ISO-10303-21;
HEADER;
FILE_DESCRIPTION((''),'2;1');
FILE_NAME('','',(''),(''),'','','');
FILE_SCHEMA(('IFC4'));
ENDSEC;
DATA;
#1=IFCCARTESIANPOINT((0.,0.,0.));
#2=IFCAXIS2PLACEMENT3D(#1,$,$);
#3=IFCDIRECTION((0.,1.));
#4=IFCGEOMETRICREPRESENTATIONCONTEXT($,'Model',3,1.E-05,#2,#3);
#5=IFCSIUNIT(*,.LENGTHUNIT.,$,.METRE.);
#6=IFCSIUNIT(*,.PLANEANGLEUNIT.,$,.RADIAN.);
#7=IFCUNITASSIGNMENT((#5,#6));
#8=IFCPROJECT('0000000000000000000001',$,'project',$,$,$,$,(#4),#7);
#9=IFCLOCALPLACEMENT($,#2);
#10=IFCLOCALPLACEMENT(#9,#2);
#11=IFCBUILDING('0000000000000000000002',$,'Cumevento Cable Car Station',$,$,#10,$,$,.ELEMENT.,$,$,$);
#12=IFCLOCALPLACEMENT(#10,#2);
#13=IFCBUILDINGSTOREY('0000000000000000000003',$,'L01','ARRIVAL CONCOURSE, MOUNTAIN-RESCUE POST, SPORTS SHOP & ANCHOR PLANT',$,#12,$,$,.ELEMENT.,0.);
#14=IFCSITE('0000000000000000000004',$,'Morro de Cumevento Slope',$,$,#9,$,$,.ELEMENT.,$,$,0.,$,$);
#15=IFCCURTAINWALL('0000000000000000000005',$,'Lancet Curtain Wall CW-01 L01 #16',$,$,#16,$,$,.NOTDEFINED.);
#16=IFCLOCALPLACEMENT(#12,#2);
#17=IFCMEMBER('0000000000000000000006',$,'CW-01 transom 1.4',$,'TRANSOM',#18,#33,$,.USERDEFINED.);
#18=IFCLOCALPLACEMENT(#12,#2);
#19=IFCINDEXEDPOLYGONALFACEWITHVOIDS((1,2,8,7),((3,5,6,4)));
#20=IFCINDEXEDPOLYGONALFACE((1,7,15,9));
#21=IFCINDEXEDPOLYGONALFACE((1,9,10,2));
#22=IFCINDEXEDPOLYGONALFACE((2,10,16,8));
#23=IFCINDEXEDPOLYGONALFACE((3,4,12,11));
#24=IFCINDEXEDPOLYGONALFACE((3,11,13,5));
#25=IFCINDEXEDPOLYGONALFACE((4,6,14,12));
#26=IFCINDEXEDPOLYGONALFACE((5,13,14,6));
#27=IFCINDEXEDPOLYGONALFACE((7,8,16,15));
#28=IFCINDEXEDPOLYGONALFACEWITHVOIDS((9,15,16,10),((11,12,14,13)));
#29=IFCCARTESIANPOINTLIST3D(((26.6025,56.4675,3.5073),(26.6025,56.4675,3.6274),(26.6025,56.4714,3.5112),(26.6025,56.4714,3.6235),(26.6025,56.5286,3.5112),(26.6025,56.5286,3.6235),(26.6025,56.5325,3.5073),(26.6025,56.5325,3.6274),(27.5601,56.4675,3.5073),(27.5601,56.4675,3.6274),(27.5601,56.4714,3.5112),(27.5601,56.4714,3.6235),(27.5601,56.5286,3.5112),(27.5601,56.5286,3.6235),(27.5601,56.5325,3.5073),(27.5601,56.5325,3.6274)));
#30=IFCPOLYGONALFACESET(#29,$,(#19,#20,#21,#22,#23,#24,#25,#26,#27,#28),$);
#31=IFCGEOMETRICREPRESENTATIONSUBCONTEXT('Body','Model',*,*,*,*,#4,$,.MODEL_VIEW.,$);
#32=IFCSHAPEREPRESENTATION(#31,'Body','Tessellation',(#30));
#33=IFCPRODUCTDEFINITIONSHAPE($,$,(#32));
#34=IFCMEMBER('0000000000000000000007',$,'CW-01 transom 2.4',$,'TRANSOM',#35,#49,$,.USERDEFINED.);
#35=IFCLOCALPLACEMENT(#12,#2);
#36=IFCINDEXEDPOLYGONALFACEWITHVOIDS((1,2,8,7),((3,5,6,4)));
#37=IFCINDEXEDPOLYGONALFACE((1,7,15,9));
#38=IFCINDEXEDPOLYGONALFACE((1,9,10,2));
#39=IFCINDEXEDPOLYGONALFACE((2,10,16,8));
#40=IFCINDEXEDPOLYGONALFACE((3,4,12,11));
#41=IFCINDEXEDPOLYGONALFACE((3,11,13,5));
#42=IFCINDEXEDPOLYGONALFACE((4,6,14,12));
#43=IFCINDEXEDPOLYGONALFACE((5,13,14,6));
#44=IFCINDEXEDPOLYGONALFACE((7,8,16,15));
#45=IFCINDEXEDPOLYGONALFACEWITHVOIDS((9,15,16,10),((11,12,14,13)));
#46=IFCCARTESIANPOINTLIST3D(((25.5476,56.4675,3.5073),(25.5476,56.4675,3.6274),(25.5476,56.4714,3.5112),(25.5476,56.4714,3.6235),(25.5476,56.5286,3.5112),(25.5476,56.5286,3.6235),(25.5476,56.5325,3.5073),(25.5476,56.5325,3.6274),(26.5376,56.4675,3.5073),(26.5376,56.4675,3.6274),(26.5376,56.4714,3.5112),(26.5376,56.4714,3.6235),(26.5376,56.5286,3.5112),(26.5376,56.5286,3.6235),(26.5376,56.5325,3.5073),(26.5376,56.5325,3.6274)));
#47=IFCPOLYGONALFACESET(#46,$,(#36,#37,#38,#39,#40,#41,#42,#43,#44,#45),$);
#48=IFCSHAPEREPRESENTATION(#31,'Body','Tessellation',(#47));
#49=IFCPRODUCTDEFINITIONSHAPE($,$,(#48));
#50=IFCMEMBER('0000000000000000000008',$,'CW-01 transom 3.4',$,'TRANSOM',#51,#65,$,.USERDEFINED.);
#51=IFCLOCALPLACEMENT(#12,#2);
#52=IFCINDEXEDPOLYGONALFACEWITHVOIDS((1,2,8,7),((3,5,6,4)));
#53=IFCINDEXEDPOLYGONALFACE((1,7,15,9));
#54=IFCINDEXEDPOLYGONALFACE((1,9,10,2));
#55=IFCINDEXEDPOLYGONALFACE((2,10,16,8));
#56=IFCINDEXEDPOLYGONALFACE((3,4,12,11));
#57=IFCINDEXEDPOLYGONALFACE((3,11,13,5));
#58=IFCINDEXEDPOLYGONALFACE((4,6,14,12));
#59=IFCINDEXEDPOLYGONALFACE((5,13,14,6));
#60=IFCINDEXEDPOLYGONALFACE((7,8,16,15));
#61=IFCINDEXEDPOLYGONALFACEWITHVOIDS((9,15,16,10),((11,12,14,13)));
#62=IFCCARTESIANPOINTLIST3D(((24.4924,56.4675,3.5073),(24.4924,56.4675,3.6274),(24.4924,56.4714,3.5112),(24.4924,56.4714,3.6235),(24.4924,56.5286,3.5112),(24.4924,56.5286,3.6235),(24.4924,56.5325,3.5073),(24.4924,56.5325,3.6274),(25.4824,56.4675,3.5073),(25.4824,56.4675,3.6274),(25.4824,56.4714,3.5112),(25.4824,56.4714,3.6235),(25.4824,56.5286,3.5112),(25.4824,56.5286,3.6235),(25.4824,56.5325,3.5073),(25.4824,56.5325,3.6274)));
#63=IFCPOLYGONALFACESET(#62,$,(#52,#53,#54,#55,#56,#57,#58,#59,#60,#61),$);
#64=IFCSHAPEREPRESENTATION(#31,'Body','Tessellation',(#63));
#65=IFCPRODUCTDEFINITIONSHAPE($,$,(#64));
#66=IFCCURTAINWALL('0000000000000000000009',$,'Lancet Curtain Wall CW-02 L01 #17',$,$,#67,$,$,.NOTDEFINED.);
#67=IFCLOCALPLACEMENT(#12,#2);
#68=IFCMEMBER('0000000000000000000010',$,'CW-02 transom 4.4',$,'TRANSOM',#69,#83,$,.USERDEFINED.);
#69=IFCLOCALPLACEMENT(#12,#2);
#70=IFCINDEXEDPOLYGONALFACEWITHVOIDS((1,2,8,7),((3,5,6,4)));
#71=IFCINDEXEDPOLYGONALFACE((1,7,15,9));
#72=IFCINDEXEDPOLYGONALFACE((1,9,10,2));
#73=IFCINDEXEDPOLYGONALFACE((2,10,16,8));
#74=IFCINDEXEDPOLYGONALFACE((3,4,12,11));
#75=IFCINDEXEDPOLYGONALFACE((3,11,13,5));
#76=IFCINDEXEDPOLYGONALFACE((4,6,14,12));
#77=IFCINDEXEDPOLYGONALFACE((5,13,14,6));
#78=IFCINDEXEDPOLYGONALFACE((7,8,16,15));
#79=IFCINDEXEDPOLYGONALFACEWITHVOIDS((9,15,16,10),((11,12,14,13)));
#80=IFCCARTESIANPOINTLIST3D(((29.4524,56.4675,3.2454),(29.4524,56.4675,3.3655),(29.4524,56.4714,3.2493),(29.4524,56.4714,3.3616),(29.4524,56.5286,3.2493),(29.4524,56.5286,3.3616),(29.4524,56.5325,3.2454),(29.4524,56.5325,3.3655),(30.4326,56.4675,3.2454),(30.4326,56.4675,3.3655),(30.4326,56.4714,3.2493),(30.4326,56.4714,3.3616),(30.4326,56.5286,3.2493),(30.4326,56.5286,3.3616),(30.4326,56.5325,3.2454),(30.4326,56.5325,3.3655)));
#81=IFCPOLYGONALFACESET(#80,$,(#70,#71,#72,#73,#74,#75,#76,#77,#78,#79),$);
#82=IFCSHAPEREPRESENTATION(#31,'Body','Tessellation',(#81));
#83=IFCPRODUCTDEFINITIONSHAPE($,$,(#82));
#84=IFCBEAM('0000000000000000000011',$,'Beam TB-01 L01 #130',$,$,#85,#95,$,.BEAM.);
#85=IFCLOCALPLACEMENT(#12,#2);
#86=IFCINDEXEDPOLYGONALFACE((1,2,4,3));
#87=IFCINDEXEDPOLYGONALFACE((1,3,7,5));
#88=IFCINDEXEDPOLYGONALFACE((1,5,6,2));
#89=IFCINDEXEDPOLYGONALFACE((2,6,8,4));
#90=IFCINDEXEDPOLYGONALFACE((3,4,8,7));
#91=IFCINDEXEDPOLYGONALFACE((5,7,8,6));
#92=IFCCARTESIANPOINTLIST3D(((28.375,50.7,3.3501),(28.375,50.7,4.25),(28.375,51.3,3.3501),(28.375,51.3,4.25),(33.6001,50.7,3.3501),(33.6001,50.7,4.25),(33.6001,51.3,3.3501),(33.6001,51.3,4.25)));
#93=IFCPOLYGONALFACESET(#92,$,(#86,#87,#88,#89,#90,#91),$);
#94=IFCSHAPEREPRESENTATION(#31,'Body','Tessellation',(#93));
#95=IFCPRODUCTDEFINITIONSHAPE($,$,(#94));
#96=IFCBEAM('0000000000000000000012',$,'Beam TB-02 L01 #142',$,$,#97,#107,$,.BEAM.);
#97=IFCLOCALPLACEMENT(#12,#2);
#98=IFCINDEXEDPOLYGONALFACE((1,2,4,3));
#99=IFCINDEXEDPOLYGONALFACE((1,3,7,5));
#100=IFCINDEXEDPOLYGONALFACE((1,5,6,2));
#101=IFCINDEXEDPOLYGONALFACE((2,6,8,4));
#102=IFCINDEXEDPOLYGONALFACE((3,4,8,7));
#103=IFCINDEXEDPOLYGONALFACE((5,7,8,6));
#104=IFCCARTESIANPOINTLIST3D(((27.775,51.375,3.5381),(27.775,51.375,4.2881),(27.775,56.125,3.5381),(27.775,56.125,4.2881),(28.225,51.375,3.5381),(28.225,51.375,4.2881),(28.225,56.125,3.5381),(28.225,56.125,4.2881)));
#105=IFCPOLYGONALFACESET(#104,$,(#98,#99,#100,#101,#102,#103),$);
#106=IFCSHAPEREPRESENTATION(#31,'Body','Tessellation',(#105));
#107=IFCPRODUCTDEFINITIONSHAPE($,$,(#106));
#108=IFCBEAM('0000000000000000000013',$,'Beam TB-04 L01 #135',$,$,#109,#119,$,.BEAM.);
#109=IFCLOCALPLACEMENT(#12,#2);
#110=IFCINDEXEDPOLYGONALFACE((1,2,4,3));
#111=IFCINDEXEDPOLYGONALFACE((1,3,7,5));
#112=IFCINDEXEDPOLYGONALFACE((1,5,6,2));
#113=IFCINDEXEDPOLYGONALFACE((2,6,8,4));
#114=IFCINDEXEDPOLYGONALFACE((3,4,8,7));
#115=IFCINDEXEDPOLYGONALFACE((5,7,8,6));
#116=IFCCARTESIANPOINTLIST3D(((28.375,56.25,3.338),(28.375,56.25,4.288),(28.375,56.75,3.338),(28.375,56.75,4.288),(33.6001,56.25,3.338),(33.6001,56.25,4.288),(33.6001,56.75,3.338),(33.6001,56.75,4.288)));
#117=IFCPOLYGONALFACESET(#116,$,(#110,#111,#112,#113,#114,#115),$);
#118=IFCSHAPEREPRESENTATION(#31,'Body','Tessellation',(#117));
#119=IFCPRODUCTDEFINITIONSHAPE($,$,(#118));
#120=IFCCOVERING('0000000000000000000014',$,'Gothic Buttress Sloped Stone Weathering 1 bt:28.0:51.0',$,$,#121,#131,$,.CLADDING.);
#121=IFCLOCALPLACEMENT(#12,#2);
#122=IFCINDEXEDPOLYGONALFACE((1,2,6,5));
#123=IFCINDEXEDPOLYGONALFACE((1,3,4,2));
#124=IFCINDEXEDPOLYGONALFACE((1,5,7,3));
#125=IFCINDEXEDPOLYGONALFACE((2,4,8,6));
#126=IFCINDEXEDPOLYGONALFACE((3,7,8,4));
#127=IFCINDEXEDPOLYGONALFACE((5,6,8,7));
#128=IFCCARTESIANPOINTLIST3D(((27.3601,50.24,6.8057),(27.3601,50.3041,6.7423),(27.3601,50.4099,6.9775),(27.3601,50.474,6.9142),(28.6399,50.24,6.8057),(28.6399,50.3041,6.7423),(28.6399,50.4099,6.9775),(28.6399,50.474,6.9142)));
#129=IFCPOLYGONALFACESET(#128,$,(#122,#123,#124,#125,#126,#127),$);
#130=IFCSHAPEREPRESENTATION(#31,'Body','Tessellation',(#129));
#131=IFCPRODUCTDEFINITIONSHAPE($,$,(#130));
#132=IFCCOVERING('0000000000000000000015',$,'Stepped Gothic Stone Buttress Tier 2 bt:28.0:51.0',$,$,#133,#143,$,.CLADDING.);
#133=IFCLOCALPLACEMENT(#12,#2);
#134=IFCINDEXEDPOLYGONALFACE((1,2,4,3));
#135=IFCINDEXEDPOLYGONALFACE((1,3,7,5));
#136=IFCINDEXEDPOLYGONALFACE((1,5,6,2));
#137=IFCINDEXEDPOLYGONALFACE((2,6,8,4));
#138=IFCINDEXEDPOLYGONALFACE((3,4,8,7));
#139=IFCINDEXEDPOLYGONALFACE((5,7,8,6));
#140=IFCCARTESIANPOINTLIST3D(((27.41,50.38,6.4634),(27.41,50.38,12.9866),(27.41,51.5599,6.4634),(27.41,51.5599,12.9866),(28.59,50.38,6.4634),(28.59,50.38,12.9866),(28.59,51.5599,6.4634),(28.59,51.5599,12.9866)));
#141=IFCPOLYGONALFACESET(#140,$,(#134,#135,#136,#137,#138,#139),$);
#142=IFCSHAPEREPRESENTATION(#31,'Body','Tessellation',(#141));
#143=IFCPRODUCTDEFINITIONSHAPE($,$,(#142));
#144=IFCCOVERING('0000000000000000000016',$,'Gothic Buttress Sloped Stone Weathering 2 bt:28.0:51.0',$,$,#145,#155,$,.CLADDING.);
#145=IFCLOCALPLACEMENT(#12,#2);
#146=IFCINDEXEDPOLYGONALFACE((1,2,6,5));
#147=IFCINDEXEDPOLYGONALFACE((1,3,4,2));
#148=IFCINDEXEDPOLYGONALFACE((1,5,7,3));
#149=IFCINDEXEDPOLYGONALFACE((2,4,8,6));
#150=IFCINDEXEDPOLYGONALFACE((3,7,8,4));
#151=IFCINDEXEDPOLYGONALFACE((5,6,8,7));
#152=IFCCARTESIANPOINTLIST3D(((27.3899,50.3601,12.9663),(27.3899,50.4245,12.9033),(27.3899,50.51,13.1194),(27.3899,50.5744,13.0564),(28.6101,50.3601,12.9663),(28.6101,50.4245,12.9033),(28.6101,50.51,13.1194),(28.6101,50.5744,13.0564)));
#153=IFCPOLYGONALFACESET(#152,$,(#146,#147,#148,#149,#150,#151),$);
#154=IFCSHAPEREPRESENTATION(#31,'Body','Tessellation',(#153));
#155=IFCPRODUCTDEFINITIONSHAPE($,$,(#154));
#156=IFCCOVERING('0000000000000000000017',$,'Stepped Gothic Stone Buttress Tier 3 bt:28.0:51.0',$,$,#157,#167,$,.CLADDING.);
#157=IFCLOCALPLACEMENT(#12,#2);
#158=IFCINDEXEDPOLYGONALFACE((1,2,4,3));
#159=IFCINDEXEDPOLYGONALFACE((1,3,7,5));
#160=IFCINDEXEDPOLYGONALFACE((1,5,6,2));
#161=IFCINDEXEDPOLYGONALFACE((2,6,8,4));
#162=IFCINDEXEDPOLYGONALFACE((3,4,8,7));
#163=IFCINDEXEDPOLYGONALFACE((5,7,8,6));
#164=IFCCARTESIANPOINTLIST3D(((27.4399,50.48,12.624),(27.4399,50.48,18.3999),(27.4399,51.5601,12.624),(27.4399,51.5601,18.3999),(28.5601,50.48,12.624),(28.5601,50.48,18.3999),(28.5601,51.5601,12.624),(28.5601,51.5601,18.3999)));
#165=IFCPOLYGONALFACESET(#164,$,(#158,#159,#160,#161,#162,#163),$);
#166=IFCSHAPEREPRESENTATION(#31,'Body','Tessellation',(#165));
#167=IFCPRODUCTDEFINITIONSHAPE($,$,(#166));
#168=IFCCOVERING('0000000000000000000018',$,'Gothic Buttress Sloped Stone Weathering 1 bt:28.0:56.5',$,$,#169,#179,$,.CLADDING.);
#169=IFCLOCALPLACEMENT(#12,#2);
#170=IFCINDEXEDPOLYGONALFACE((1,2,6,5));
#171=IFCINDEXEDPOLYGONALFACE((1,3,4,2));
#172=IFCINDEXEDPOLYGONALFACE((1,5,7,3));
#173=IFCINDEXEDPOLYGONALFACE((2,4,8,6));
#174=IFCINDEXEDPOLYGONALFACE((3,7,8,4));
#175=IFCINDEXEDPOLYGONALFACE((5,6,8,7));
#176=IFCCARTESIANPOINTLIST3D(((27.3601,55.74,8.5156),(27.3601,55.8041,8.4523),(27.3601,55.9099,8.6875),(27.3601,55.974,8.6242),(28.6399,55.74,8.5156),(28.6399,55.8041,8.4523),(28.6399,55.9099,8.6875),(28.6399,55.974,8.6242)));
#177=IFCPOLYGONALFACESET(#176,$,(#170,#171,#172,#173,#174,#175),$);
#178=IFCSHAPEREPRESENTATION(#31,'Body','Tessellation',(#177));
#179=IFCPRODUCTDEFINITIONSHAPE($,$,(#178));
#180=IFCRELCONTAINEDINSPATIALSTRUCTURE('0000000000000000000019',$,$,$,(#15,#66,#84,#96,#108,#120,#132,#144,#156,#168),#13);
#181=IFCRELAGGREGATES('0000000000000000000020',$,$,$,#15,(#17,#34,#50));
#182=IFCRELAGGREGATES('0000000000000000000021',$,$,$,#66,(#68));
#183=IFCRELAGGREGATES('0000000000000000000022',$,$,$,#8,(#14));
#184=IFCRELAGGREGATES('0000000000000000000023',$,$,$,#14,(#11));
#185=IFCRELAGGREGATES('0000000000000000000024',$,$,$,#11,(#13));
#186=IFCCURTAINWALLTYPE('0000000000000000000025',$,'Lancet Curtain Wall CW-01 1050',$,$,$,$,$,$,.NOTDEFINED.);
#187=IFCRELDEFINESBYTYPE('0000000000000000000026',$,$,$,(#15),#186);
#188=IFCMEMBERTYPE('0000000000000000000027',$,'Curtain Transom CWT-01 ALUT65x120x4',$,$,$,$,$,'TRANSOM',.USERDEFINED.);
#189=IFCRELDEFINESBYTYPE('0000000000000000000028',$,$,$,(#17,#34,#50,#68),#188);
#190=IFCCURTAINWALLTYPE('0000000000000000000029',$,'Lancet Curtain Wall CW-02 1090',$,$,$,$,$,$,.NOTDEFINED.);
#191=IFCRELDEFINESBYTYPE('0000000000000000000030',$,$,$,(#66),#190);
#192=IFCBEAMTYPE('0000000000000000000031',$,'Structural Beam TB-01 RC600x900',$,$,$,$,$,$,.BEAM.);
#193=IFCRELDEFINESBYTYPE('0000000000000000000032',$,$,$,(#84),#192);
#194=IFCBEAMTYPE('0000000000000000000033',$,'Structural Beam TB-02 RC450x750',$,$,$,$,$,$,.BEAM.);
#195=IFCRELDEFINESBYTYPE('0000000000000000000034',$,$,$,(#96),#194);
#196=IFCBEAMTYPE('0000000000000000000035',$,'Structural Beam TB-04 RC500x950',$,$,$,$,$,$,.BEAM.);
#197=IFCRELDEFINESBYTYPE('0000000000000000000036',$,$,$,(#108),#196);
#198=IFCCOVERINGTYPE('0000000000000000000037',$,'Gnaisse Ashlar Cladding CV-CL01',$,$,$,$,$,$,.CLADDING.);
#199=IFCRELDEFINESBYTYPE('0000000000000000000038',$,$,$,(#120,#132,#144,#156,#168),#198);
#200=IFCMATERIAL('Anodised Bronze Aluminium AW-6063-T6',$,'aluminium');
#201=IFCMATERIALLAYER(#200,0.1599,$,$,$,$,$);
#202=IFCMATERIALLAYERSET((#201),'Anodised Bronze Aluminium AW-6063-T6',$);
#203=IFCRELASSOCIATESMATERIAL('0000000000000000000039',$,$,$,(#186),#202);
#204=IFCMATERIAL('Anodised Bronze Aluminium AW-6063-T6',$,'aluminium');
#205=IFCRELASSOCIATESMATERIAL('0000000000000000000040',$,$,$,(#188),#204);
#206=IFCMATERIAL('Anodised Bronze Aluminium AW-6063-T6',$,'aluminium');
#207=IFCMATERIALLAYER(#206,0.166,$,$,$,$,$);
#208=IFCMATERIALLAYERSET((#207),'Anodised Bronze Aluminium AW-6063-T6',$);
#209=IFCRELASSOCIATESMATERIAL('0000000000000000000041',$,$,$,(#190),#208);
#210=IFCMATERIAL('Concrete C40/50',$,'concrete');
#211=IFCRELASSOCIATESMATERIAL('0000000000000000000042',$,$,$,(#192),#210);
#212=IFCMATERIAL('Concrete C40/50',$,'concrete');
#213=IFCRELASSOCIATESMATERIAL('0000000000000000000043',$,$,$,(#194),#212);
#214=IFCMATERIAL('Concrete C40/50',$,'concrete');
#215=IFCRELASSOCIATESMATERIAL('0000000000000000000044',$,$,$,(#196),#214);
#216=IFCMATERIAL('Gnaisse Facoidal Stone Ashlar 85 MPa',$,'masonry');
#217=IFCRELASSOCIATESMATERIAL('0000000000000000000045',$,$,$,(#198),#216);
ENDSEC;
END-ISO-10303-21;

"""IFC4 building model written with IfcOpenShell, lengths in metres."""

from ifc_helpers import new_model, si_unit, direction, frame, origin, origin_2d, place, context, subcontext, project, spatial, polyline, rectangle, hollow_rectangle, outline, extrude, material, layer, layer_set, material_profile, profile_set, type_object, element, aggregate, save


model = new_model("IFC4")

# Units and contexts
model_context = context("Model", 3, precision=1e-05, world=origin(), true_north=direction((0.0, 1.0)))
body_context = subcontext(model_context, "Body", "Model", "MODEL_VIEW")
ifc_project = project(units=[si_unit("LENGTHUNIT", "METRE"), si_unit("PLANEANGLEUNIT", "RADIAN")], contexts=[model_context])

# Site, building, storey
site_placement = place(None, origin())
site = spatial("IfcSite", under=ifc_project, at=site_placement, Name="Morro de Cumevento Slope", CompositionType="ELEMENT", RefElevation=0.0)
building_placement = place(site_placement, origin())
building = spatial("IfcBuilding", under=site, at=building_placement, Name="Cumevento Cable Car Station", CompositionType="ELEMENT")
storey_placement = place(building_placement, origin())
storey = spatial("IfcBuildingStorey", under=building, at=storey_placement, Name="L01", Description="ARRIVAL CONCOURSE, MOUNTAIN-RESCUE POST, SPORTS SHOP & ANCHOR PLANT", CompositionType="ELEMENT", Elevation=0.0)

# Curtain wall, members
ifc_material_1 = material(Name="Anodised Bronze Aluminium AW-6063-T6", Category="aluminium")
ifc_layer_1 = layer(ifc_material_1, 0.1599)
ifc_layer_set_1 = layer_set([ifc_layer_1], Name="Anodised Bronze Aluminium AW-6063-T6")
curtain_wall_type_1 = type_object("IfcCurtainWallType", Name="Lancet Curtain Wall CW-01 1050", PredefinedType="NOTDEFINED", material=ifc_layer_set_1)
curtain_wall_1_placement = place(storey_placement, origin())
curtain_wall_1 = element("IfcCurtainWall", 1, at=curtain_wall_1_placement, inside=storey, type_object=curtain_wall_type_1, Name="Lancet Curtain Wall CW-01 L01 #16", PredefinedType="NOTDEFINED")
ifc_material_2 = material(Name="Anodised Bronze Aluminium AW-6063-T6", Category="aluminium")
ifc_material_profile_1 = material_profile(ifc_material_2, hollow_rectangle(XDim=0.0649, YDim=0.1201, WallThickness=0.0039, at=origin_2d()), Name="ALUT65x120x4")
ifc_profile_set_1 = profile_set([ifc_material_profile_1], Name="Anodised Bronze Aluminium AW-6063-T6")
member_type = type_object("IfcMemberType", Name="Curtain Transom CWT-01 ALUT65x120x4", ElementType="TRANSOM", PredefinedType="USERDEFINED", material=ifc_profile_set_1)
member_1_placement = place(storey_placement, frame((27.5601, 56.5, 3.5674), z_axis=(-1.0, 0.0, 0.0), x_axis=(0.0, -1.0, 0.0)))
member_1 = element("IfcMember", 2, at=member_1_placement, type_object=member_type, Name="CW-01 transom 1.4", ObjectType="TRANSOM", PredefinedType="USERDEFINED", context=body_context, shape_type="SweptSolid", body=[
    extrude(hollow_rectangle(XDim=0.0649, YDim=0.1201, WallThickness=0.0039, at=origin_2d()), origin(), (0.0, 0.0, 1.0), 0.9575),
])
member_2_placement = place(storey_placement, frame((26.5376, 56.5, 3.5674), z_axis=(-1.0, 0.0, 0.0), x_axis=(0.0, -1.0, 0.0)))
member_2 = element("IfcMember", 3, at=member_2_placement, type_object=member_type, Name="CW-01 transom 2.4", ObjectType="TRANSOM", PredefinedType="USERDEFINED", context=body_context, shape_type="SweptSolid", body=[
    extrude(hollow_rectangle(XDim=0.0649, YDim=0.1201, WallThickness=0.0039, at=origin_2d()), origin(), (0.0, 0.0, 1.0), 0.99),
])
member_3_placement = place(storey_placement, frame((25.4824, 56.5, 3.5674), z_axis=(-1.0, 0.0, 0.0), x_axis=(0.0, -1.0, 0.0)))
member_3 = element("IfcMember", 4, at=member_3_placement, type_object=member_type, Name="CW-01 transom 3.4", ObjectType="TRANSOM", PredefinedType="USERDEFINED", context=body_context, shape_type="SweptSolid", body=[
    extrude(hollow_rectangle(XDim=0.0649, YDim=0.1201, WallThickness=0.0039, at=origin_2d()), origin(), (0.0, 0.0, 1.0), 0.99),
])
aggregate(curtain_wall_1, [member_1, member_2, member_3])

# Curtain wall, member
ifc_material_3 = material(Name="Anodised Bronze Aluminium AW-6063-T6", Category="aluminium")
ifc_layer_2 = layer(ifc_material_3, 0.166)
ifc_layer_set_2 = layer_set([ifc_layer_2], Name="Anodised Bronze Aluminium AW-6063-T6")
curtain_wall_type_2 = type_object("IfcCurtainWallType", Name="Lancet Curtain Wall CW-02 1090", PredefinedType="NOTDEFINED", material=ifc_layer_set_2)
curtain_wall_2_placement = place(storey_placement, origin())
curtain_wall_2 = element("IfcCurtainWall", 5, at=curtain_wall_2_placement, inside=storey, type_object=curtain_wall_type_2, Name="Lancet Curtain Wall CW-02 L01 #17", PredefinedType="NOTDEFINED")
member_4_placement = place(storey_placement, frame((30.4326, 56.5, 3.3054), z_axis=(-1.0, 0.0, 0.0), x_axis=(0.0, -1.0, 0.0)))
member_4 = element("IfcMember", 6, at=member_4_placement, type_object=member_type, Name="CW-02 transom 4.4", ObjectType="TRANSOM", PredefinedType="USERDEFINED", context=body_context, shape_type="SweptSolid", body=[
    extrude(hollow_rectangle(XDim=0.0649, YDim=0.1201, WallThickness=0.0039, at=origin_2d()), origin(), (0.0, 0.0, 1.0), 0.9802),
])
aggregate(curtain_wall_2, [member_4])

# Beams
ifc_material_4 = material(Name="Concrete C40/50", Category="concrete")
ifc_material_profile_2 = material_profile(ifc_material_4, rectangle(XDim=0.6001, YDim=0.8999, at=origin_2d()), Name="RC600x900")
ifc_profile_set_2 = profile_set([ifc_material_profile_2], Name="Concrete C40/50")
beam_type_1 = type_object("IfcBeamType", Name="Structural Beam TB-01 RC600x900", PredefinedType="BEAM", material=ifc_profile_set_2)
beam_1_placement = place(storey_placement, frame((28.375, 51.0, 3.8), z_axis=(1.0, 0.0, 0.0), x_axis=(0.0, 1.0, 0.0)))
element("IfcBeam", 7, at=beam_1_placement, inside=storey, type_object=beam_type_1, Name="Beam TB-01 L01 #130", PredefinedType="BEAM", context=body_context, shape_type="SweptSolid", body=[
    extrude(rectangle(XDim=0.6001, YDim=0.8999, at=origin_2d()), origin(), (0.0, 0.0, 1.0), 5.2251),
])
ifc_material_5 = material(Name="Concrete C40/50", Category="concrete")
ifc_material_profile_3 = material_profile(ifc_material_5, rectangle(XDim=0.45, YDim=0.75, at=origin_2d()), Name="RC450x750")
ifc_profile_set_3 = profile_set([ifc_material_profile_3], Name="Concrete C40/50")
beam_type_2 = type_object("IfcBeamType", Name="Structural Beam TB-02 RC450x750", PredefinedType="BEAM", material=ifc_profile_set_3)
beam_2_placement = place(storey_placement, frame((28.0, 51.375, 3.9131), z_axis=(0.0, 1.0, 0.0), x_axis=(-1.0, 0.0, 0.0)))
element("IfcBeam", 8, at=beam_2_placement, inside=storey, type_object=beam_type_2, Name="Beam TB-02 L01 #142", PredefinedType="BEAM", context=body_context, shape_type="SweptSolid", body=[
    extrude(rectangle(XDim=0.45, YDim=0.75, at=origin_2d()), origin(), (0.0, 0.0, 1.0), 4.75),
])
ifc_material_6 = material(Name="Concrete C40/50", Category="concrete")
ifc_material_profile_4 = material_profile(ifc_material_6, rectangle(XDim=0.5, YDim=0.95, at=origin_2d()), Name="RC500x950")
ifc_profile_set_4 = profile_set([ifc_material_profile_4], Name="Concrete C40/50")
beam_type_3 = type_object("IfcBeamType", Name="Structural Beam TB-04 RC500x950", PredefinedType="BEAM", material=ifc_profile_set_4)
beam_3_placement = place(storey_placement, frame((28.375, 56.5, 3.813), z_axis=(1.0, 0.0, 0.0), x_axis=(0.0, 1.0, 0.0)))
element("IfcBeam", 9, at=beam_3_placement, inside=storey, type_object=beam_type_3, Name="Beam TB-04 L01 #135", PredefinedType="BEAM", context=body_context, shape_type="SweptSolid", body=[
    extrude(rectangle(XDim=0.5, YDim=0.95, at=origin_2d()), origin(), (0.0, 0.0, 1.0), 5.2251),
])

# Coverings
ifc_material_7 = material(Name="Gnaisse Facoidal Stone Ashlar 85 MPa", Category="masonry")
covering_type = type_object("IfcCoveringType", Name="Gnaisse Ashlar Cladding CV-CL01", PredefinedType="CLADDING", material=ifc_material_7)
covering_1_placement = place(storey_placement, frame((27.3601, 50.24, 6.8057), z_axis=(0.0, -0.711136, 0.703055), x_axis=(1.0, 0.0, 0.0)))
element("IfcCovering", 10, at=covering_1_placement, inside=storey, type_object=covering_type, Name="Gothic Buttress Sloped Stone Weathering 1 bt:28.0:51.0", PredefinedType="CLADDING", context=body_context, shape_type="SweptSolid", body=[
    extrude(outline(polyline([(0.0, 0.0), (1.2798, 0.0), (1.2798, 0.2417), (0.0, 0.2417), (0.0, 0.0)])), origin(), (0.0, 0.0, -1.0), 0.0901),
])
covering_2_placement = place(storey_placement, frame((28.0, 50.97, 6.4634), z_axis=(0.0, 0.0, 1.0), x_axis=(1.0, 0.0, 0.0)))
element("IfcCovering", 11, at=covering_2_placement, inside=storey, type_object=covering_type, Name="Stepped Gothic Stone Buttress Tier 2 bt:28.0:51.0", PredefinedType="CLADDING", context=body_context, shape_type="SweptSolid", body=[
    extrude(rectangle(XDim=1.1799, YDim=1.1799, at=origin_2d()), origin(), (0.0, 0.0, 1.0), 6.5232),
])
covering_3_placement = place(storey_placement, frame((27.3899, 50.3601, 12.9663), z_axis=(0.0, -0.714475, 0.699661), x_axis=(1.0, 0.0, 0.0)))
element("IfcCovering", 12, at=covering_3_placement, inside=storey, type_object=covering_type, Name="Gothic Buttress Sloped Stone Weathering 2 bt:28.0:51.0", PredefinedType="CLADDING", context=body_context, shape_type="SweptSolid", body=[
    extrude(outline(polyline([(0.0, 0.0), (1.2202, 0.0), (1.2202, 0.2142), (0.0, 0.2142), (0.0, 0.0)])), origin(), (0.0, 0.0, -1.0), 0.0901),
])
covering_4_placement = place(storey_placement, frame((28.0, 51.02, 12.624), z_axis=(0.0, 0.0, 1.0), x_axis=(1.0, 0.0, 0.0)))
element("IfcCovering", 13, at=covering_4_placement, inside=storey, type_object=covering_type, Name="Stepped Gothic Stone Buttress Tier 3 bt:28.0:51.0", PredefinedType="CLADDING", context=body_context, shape_type="SweptSolid", body=[
    extrude(rectangle(XDim=1.1201, YDim=1.0801, at=origin_2d()), origin(), (0.0, 0.0, 1.0), 5.7759),
])
covering_5_placement = place(storey_placement, frame((27.3601, 55.74, 8.5156), z_axis=(0.0, -0.711136, 0.703055), x_axis=(1.0, 0.0, 0.0)))
element("IfcCovering", 14, at=covering_5_placement, inside=storey, type_object=covering_type, Name="Gothic Buttress Sloped Stone Weathering 1 bt:28.0:56.5", PredefinedType="CLADDING", context=body_context, shape_type="SweptSolid", body=[
    extrude(outline(polyline([(0.0, 0.0), (1.2798, 0.0), (1.2798, 0.2417), (0.0, 0.2417), (0.0, 0.0)])), origin(), (0.0, 0.0, -1.0), 0.0901),
])

save(model, "model.ifc")
